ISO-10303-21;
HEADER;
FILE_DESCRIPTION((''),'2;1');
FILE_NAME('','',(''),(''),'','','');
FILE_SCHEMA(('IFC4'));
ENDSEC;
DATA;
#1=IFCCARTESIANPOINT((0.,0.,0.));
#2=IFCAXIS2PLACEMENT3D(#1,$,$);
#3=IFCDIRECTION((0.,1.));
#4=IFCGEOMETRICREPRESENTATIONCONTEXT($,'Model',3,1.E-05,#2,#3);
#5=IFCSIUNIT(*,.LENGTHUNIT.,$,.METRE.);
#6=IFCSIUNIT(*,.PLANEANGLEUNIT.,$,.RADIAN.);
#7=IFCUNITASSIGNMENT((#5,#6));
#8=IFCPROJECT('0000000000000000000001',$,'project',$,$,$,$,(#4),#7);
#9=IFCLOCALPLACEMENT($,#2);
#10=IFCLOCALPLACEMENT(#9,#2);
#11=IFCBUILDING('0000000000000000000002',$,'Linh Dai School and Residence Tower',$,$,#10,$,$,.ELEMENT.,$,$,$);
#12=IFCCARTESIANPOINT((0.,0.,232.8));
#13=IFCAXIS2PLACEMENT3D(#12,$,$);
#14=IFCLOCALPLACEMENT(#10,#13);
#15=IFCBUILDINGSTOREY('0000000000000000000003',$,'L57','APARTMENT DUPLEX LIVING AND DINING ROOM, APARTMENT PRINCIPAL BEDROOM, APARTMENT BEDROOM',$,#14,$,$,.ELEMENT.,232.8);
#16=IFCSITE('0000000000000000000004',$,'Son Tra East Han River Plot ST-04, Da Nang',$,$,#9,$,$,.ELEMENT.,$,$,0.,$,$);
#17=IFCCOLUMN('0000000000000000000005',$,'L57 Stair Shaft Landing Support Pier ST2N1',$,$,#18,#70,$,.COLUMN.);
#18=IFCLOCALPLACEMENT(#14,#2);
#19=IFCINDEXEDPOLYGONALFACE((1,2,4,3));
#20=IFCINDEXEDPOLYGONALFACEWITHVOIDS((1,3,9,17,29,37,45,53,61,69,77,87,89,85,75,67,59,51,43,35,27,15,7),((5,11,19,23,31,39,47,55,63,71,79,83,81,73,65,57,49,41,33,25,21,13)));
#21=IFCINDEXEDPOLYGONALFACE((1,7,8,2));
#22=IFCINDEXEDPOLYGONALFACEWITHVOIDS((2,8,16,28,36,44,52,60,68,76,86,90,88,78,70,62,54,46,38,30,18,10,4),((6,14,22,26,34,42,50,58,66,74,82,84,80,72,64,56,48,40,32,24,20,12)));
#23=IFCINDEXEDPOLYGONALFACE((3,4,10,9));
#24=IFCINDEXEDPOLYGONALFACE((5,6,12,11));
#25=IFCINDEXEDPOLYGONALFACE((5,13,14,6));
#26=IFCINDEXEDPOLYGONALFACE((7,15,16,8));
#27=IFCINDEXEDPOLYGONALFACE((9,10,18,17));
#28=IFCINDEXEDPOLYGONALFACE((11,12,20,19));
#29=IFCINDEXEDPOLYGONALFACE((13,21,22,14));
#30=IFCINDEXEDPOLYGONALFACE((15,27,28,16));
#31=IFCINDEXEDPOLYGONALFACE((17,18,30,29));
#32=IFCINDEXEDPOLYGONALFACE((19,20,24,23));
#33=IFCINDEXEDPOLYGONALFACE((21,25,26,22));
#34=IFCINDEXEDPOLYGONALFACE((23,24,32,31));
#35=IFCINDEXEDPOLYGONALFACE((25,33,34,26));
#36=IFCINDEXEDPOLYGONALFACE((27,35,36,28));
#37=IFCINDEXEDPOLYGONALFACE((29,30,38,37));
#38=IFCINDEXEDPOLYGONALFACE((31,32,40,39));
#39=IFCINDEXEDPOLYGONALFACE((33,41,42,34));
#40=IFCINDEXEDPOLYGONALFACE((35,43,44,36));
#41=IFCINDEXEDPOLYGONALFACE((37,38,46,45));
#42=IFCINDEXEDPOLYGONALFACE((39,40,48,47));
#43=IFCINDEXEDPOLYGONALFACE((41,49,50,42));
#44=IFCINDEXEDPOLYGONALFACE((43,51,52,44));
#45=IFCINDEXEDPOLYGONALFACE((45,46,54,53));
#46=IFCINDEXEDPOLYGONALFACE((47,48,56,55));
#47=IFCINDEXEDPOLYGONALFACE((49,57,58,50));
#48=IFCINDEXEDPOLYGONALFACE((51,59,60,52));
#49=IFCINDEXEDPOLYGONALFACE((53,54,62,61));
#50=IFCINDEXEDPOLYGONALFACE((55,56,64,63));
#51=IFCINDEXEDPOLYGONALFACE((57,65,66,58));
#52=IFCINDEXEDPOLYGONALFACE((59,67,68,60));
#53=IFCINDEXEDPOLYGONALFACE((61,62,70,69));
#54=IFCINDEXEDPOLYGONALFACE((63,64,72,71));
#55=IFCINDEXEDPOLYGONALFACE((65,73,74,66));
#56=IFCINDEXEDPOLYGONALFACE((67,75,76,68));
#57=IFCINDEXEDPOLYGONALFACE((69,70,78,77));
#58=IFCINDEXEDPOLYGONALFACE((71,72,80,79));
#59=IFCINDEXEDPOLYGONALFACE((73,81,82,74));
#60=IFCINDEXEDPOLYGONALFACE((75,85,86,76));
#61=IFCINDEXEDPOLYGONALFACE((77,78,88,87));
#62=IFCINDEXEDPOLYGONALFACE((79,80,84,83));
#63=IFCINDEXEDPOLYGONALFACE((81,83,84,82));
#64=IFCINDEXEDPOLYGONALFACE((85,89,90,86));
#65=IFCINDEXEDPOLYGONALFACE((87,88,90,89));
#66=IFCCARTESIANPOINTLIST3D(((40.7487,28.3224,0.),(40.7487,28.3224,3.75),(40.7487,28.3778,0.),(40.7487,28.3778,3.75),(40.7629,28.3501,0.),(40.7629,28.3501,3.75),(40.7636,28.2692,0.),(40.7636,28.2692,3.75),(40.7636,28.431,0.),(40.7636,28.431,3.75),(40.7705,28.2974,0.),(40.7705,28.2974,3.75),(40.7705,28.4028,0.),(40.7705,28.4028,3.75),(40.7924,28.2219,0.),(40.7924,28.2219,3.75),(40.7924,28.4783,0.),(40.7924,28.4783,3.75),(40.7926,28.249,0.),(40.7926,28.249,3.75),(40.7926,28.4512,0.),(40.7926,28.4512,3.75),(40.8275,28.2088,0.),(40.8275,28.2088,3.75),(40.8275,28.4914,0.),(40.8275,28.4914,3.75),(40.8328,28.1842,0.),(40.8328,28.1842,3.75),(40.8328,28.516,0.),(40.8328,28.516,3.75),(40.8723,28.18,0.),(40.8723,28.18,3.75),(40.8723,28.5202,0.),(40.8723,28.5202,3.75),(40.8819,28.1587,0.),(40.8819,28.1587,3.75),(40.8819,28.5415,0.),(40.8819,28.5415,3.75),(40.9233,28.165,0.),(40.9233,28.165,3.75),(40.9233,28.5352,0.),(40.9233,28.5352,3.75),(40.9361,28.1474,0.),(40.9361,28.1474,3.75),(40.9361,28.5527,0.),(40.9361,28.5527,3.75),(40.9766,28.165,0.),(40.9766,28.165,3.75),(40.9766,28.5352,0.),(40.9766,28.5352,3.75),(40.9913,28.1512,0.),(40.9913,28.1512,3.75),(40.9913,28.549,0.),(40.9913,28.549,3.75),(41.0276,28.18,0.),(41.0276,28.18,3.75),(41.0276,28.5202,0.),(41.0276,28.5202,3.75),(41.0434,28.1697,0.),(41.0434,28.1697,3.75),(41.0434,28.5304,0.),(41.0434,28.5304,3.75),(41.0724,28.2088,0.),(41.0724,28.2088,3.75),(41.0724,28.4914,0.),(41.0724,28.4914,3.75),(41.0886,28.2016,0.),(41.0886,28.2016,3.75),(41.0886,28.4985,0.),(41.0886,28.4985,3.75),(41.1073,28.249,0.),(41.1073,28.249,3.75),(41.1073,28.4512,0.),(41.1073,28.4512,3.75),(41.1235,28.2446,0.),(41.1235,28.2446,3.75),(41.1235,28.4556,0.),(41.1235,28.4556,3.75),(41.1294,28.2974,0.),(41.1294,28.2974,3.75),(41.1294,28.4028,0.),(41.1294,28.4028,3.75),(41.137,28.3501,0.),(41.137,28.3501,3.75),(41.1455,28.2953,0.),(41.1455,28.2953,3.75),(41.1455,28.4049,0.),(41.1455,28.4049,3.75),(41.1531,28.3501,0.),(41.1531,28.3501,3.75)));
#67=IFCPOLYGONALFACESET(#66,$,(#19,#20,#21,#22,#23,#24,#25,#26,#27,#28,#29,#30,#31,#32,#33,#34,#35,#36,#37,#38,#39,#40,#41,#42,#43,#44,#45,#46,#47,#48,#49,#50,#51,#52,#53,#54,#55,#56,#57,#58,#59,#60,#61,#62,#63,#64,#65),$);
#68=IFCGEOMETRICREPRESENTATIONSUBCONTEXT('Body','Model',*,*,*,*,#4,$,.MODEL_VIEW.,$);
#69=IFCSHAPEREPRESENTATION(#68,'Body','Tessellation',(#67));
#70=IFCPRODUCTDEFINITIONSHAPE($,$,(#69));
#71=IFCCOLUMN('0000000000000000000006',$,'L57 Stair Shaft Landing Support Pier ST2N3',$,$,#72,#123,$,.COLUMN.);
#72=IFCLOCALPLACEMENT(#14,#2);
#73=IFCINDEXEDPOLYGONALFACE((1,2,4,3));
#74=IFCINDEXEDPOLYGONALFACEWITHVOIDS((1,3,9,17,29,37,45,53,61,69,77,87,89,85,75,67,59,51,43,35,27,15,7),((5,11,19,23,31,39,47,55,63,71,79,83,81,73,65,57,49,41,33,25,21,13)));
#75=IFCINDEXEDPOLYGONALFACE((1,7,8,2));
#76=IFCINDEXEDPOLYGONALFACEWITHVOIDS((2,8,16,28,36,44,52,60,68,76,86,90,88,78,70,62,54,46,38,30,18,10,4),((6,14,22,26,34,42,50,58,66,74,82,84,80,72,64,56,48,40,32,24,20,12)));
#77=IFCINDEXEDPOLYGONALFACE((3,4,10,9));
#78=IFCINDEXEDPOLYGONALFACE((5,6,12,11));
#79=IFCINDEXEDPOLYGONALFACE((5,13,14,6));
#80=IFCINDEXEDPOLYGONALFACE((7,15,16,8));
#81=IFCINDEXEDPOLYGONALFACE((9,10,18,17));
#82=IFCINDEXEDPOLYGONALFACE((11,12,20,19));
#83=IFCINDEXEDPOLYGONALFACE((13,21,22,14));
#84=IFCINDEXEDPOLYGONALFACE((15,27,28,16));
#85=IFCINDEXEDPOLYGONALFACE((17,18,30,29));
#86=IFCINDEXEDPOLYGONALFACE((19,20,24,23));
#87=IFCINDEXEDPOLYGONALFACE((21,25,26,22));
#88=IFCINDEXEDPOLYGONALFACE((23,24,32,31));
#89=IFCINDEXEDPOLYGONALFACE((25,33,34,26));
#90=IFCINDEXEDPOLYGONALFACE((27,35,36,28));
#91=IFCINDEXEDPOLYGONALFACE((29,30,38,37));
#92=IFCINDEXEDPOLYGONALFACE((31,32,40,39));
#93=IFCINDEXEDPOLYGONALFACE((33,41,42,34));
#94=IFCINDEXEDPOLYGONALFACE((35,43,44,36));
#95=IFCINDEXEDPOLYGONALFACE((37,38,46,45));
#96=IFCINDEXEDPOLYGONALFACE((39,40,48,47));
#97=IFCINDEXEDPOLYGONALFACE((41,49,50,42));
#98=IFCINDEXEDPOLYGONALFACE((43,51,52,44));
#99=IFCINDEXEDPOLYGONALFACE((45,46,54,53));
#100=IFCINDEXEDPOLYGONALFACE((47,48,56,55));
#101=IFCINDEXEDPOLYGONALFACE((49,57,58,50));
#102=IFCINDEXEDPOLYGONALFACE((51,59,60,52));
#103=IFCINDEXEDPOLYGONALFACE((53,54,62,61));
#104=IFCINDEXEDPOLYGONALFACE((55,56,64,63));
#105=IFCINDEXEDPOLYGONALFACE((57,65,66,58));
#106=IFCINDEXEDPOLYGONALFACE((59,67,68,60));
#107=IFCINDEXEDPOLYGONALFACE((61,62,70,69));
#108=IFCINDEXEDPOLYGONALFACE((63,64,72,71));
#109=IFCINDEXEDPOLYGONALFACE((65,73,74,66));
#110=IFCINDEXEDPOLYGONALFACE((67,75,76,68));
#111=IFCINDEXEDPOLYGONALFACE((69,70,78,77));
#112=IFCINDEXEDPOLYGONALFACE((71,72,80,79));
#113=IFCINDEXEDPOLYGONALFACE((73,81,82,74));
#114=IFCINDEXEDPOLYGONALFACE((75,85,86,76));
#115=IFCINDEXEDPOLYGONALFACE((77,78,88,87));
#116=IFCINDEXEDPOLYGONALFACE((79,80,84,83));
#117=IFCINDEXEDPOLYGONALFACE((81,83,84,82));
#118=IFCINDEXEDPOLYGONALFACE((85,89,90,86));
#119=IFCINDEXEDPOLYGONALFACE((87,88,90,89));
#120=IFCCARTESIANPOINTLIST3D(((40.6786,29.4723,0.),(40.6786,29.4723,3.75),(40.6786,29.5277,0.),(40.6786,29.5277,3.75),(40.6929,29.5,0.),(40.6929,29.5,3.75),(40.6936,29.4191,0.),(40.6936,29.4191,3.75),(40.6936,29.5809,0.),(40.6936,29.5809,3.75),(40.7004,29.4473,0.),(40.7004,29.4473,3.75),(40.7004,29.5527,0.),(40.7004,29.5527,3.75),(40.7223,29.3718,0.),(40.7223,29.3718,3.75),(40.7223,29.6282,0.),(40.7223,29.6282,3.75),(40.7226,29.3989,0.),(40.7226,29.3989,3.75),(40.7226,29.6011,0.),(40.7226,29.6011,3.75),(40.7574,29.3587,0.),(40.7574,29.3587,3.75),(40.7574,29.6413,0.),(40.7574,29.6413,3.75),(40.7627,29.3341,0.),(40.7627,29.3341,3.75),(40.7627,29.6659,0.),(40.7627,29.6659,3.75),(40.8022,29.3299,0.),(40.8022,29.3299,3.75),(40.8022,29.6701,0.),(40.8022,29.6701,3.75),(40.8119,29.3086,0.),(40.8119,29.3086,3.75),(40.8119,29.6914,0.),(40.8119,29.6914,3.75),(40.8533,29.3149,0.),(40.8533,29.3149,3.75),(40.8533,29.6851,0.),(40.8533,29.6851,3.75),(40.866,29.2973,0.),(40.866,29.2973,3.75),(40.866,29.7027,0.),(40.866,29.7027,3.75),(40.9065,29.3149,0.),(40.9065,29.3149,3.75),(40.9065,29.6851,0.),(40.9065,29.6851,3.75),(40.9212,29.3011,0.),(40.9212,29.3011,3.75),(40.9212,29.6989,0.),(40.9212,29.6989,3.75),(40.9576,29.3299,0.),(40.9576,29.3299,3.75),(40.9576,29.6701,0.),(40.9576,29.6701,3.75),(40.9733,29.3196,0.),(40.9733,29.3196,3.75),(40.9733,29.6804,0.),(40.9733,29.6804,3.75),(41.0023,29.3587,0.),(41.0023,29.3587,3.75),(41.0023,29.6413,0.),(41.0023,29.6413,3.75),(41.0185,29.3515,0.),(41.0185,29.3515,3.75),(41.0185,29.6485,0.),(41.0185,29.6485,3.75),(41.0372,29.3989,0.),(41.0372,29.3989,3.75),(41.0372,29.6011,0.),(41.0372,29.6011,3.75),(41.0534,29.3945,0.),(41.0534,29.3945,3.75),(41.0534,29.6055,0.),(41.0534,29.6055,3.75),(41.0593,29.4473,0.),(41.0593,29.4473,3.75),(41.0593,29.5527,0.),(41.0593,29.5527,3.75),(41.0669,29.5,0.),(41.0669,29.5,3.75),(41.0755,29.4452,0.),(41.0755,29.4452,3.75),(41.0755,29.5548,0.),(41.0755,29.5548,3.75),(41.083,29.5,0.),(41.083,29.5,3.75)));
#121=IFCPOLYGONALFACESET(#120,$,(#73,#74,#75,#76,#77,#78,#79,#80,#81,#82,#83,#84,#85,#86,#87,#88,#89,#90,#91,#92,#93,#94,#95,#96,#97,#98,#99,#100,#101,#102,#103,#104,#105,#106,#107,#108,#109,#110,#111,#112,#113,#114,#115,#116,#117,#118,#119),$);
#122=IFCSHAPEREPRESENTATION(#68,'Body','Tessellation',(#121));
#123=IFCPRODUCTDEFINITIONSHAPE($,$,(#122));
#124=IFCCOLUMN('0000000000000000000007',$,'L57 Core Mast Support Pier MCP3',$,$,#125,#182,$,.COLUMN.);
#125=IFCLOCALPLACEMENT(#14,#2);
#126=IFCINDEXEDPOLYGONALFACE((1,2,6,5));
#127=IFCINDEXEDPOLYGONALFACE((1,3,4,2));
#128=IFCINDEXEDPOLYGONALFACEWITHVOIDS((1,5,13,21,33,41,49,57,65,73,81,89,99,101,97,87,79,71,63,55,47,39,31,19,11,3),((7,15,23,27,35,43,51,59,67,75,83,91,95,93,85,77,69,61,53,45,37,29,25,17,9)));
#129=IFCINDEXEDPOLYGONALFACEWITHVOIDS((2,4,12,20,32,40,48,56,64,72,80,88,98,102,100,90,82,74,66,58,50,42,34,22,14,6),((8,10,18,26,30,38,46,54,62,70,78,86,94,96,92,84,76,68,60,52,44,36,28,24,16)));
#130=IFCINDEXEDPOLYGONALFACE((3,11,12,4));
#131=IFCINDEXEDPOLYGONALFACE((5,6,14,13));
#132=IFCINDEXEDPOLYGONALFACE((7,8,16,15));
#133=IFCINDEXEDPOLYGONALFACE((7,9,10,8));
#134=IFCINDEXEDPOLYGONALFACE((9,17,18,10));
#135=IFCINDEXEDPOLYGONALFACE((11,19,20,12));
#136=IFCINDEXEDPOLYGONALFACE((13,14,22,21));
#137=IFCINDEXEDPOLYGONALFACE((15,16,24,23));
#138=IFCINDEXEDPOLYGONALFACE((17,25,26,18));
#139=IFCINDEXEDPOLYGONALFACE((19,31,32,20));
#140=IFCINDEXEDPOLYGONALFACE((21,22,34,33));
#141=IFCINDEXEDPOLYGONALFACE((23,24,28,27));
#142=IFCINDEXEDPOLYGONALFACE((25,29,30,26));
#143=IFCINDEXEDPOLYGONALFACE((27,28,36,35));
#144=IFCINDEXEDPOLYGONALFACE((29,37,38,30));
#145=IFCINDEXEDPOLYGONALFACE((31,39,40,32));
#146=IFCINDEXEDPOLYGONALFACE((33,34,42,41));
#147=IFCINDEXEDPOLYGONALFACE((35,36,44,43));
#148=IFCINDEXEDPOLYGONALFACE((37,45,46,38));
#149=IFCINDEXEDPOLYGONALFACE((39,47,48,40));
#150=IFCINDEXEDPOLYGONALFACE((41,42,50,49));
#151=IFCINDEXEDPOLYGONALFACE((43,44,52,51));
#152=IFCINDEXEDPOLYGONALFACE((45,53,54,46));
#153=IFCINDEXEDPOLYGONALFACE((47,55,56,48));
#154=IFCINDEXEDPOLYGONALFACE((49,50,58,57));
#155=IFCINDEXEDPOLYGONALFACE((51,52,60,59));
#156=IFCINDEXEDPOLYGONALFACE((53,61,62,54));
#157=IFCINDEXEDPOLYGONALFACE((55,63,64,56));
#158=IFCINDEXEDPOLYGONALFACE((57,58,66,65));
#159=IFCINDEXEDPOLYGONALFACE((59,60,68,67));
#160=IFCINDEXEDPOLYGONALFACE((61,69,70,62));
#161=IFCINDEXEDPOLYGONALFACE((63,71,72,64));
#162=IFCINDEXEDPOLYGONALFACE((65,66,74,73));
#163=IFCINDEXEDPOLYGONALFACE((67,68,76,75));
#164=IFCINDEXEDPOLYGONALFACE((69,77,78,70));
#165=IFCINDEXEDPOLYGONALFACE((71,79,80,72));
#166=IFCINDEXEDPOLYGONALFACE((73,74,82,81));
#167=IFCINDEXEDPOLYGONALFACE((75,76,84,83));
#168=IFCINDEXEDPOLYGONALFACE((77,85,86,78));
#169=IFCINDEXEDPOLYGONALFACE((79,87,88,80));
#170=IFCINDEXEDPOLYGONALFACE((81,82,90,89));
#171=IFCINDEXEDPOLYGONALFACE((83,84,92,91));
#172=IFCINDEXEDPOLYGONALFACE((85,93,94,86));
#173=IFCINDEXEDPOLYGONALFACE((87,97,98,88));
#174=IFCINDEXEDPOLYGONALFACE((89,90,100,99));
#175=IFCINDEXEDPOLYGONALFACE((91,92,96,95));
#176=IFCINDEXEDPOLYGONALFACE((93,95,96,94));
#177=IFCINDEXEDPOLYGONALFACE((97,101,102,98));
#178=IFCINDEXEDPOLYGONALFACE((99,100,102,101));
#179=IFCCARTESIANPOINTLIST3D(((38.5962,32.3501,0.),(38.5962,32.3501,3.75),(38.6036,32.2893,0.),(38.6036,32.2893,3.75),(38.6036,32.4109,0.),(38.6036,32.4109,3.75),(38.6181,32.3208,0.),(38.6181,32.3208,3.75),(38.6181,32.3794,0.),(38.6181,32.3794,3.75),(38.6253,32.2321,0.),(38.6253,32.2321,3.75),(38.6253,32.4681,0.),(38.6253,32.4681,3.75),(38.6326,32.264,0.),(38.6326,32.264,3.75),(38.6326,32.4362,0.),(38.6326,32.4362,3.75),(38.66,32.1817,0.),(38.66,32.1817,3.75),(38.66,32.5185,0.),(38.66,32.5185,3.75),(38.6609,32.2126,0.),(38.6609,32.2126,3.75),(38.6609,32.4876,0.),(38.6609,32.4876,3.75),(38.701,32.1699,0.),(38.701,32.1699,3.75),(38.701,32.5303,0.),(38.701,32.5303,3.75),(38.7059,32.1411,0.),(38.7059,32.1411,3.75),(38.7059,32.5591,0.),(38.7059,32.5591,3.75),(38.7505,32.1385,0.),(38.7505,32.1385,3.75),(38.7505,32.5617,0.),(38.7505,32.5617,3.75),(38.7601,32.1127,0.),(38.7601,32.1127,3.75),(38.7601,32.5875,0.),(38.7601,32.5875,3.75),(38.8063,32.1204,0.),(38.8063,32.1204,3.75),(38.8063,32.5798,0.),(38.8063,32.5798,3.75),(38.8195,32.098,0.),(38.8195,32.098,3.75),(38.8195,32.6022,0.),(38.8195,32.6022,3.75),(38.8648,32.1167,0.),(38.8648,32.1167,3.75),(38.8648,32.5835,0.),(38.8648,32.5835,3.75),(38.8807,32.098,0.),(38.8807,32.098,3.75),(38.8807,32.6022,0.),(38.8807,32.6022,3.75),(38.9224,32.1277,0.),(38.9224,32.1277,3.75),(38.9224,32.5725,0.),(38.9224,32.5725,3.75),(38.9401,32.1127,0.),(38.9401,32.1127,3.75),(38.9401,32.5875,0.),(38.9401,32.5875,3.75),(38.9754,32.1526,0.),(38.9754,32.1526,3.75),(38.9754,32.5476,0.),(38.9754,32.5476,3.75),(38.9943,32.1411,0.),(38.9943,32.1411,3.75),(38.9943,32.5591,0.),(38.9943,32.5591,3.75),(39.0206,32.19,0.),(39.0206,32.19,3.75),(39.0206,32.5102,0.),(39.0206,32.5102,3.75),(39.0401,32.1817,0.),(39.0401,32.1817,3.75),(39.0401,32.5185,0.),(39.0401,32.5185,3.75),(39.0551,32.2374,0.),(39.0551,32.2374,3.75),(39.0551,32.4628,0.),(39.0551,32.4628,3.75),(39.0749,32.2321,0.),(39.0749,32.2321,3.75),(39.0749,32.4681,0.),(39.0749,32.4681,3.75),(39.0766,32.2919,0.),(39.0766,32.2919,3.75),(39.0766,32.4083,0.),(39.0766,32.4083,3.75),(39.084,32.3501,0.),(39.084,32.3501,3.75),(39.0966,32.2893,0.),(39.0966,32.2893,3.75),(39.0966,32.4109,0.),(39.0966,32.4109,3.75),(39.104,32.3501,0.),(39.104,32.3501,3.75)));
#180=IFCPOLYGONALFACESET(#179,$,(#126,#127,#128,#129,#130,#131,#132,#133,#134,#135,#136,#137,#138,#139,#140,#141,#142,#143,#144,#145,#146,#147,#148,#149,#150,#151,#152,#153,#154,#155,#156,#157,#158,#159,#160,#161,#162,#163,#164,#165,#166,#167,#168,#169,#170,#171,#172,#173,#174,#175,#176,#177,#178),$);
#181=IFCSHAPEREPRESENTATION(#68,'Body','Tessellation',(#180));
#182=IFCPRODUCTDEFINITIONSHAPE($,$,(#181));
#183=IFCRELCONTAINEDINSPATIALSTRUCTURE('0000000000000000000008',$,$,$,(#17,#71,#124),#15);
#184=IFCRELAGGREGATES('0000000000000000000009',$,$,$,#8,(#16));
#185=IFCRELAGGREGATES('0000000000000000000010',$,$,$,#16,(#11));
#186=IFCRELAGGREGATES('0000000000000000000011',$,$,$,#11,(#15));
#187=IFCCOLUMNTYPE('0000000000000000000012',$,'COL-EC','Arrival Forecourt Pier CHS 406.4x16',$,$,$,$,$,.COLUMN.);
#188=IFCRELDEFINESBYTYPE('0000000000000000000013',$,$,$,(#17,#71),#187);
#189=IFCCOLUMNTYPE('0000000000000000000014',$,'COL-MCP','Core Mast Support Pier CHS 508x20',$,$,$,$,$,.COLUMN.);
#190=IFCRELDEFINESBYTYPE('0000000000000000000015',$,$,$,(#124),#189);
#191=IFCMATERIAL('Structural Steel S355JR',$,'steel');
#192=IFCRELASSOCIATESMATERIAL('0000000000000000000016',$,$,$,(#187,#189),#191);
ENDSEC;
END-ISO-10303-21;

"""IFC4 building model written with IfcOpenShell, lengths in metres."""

from ifc_helpers import new_model, si_unit, direction, frame, origin, origin_2d, place, context, subcontext, project, spatial, hollow_circle, extrude, material, material_profile, profile_set, type_object, element, save


model = new_model("IFC4")

# Units and contexts
model_context = context("Model", 3, precision=1e-05, world=origin(), true_north=direction((0.0, 1.0)))
body_context = subcontext(model_context, "Body", "Model", "MODEL_VIEW")
ifc_project = project(units=[si_unit("LENGTHUNIT", "METRE"), si_unit("PLANEANGLEUNIT", "RADIAN")], contexts=[model_context])

# Site, building, storey
site_placement = place(None, origin())
site = spatial("IfcSite", under=ifc_project, at=site_placement, Name="Son Tra East Han River Plot ST-04, Da Nang", CompositionType="ELEMENT", RefElevation=0.0)
building_placement = place(site_placement, origin())
building = spatial("IfcBuilding", under=site, at=building_placement, Name="Linh Dai School and Residence Tower", CompositionType="ELEMENT")
storey_placement = place(building_placement, frame((0.0, 0.0, 232.8)))
storey = spatial("IfcBuildingStorey", under=building, at=storey_placement, Name="L57", Description="APARTMENT DUPLEX LIVING AND DINING ROOM, APARTMENT PRINCIPAL BEDROOM, APARTMENT BEDROOM", CompositionType="ELEMENT", Elevation=232.8)

# Columns
ifc_material_1 = material(Name="Structural Steel S355JR", Category="steel")
ifc_material_profile_1 = material_profile(ifc_material_1, hollow_circle(Radius=0.2031, WallThickness=0.0161, at=origin_2d()), Name="CHS 406.4x16")
ifc_profile_set_1 = profile_set([ifc_material_profile_1], Name="Structural Steel S355JR")
column_type_1 = type_object("IfcColumnType", Name="COL-EC", Description="Arrival Forecourt Pier CHS 406.4x16", PredefinedType="COLUMN", material=ifc_profile_set_1)
for number, where, z_axis, x_axis, name in (
    (1, (40.95, 28.3501, 0.0), (0.0, 0.0, 1.0), (1.0, 0.0, 0.0), "L57 Stair Shaft Landing Support Pier ST2N1"),
    (2, (40.8799, 29.5, 0.0), (0.0, 0.0, 1.0), (1.0, 0.0, 0.0), "L57 Stair Shaft Landing Support Pier ST2N3"),
):
    element("IfcColumn", number, at=place(storey_placement, frame(where, z_axis=z_axis, x_axis=x_axis)), inside=storey, type_object=column_type_1, Name=name, PredefinedType="COLUMN", context=body_context, shape_type="SweptSolid", body=[
        extrude(hollow_circle(Radius=0.2031, WallThickness=0.0161, at=origin_2d()), origin(), (0.0, 0.0, 1.0), 3.75),
    ])
ifc_material_profile_2 = material_profile(ifc_material_1, hollow_circle(Radius=0.2539, WallThickness=0.02, at=origin_2d()), Name="CHS 508x20")
ifc_profile_set_2 = profile_set([ifc_material_profile_2], Name="Structural Steel S355JR")
column_type_2 = type_object("IfcColumnType", Name="COL-MCP", Description="Core Mast Support Pier CHS 508x20", PredefinedType="COLUMN", material=ifc_profile_set_2)
column_placement = place(storey_placement, frame((38.8501, 32.3501, 0.0), z_axis=(0.0, 0.0, 1.0), x_axis=(1.0, 0.0, 0.0)))
element("IfcColumn", 3, at=column_placement, inside=storey, type_object=column_type_2, Name="L57 Core Mast Support Pier MCP3", PredefinedType="COLUMN", context=body_context, shape_type="SweptSolid", body=[
    extrude(hollow_circle(Radius=0.2539, WallThickness=0.02, at=origin_2d()), origin(), (0.0, 0.0, 1.0), 3.75),
])

save(model, "model.ifc")
